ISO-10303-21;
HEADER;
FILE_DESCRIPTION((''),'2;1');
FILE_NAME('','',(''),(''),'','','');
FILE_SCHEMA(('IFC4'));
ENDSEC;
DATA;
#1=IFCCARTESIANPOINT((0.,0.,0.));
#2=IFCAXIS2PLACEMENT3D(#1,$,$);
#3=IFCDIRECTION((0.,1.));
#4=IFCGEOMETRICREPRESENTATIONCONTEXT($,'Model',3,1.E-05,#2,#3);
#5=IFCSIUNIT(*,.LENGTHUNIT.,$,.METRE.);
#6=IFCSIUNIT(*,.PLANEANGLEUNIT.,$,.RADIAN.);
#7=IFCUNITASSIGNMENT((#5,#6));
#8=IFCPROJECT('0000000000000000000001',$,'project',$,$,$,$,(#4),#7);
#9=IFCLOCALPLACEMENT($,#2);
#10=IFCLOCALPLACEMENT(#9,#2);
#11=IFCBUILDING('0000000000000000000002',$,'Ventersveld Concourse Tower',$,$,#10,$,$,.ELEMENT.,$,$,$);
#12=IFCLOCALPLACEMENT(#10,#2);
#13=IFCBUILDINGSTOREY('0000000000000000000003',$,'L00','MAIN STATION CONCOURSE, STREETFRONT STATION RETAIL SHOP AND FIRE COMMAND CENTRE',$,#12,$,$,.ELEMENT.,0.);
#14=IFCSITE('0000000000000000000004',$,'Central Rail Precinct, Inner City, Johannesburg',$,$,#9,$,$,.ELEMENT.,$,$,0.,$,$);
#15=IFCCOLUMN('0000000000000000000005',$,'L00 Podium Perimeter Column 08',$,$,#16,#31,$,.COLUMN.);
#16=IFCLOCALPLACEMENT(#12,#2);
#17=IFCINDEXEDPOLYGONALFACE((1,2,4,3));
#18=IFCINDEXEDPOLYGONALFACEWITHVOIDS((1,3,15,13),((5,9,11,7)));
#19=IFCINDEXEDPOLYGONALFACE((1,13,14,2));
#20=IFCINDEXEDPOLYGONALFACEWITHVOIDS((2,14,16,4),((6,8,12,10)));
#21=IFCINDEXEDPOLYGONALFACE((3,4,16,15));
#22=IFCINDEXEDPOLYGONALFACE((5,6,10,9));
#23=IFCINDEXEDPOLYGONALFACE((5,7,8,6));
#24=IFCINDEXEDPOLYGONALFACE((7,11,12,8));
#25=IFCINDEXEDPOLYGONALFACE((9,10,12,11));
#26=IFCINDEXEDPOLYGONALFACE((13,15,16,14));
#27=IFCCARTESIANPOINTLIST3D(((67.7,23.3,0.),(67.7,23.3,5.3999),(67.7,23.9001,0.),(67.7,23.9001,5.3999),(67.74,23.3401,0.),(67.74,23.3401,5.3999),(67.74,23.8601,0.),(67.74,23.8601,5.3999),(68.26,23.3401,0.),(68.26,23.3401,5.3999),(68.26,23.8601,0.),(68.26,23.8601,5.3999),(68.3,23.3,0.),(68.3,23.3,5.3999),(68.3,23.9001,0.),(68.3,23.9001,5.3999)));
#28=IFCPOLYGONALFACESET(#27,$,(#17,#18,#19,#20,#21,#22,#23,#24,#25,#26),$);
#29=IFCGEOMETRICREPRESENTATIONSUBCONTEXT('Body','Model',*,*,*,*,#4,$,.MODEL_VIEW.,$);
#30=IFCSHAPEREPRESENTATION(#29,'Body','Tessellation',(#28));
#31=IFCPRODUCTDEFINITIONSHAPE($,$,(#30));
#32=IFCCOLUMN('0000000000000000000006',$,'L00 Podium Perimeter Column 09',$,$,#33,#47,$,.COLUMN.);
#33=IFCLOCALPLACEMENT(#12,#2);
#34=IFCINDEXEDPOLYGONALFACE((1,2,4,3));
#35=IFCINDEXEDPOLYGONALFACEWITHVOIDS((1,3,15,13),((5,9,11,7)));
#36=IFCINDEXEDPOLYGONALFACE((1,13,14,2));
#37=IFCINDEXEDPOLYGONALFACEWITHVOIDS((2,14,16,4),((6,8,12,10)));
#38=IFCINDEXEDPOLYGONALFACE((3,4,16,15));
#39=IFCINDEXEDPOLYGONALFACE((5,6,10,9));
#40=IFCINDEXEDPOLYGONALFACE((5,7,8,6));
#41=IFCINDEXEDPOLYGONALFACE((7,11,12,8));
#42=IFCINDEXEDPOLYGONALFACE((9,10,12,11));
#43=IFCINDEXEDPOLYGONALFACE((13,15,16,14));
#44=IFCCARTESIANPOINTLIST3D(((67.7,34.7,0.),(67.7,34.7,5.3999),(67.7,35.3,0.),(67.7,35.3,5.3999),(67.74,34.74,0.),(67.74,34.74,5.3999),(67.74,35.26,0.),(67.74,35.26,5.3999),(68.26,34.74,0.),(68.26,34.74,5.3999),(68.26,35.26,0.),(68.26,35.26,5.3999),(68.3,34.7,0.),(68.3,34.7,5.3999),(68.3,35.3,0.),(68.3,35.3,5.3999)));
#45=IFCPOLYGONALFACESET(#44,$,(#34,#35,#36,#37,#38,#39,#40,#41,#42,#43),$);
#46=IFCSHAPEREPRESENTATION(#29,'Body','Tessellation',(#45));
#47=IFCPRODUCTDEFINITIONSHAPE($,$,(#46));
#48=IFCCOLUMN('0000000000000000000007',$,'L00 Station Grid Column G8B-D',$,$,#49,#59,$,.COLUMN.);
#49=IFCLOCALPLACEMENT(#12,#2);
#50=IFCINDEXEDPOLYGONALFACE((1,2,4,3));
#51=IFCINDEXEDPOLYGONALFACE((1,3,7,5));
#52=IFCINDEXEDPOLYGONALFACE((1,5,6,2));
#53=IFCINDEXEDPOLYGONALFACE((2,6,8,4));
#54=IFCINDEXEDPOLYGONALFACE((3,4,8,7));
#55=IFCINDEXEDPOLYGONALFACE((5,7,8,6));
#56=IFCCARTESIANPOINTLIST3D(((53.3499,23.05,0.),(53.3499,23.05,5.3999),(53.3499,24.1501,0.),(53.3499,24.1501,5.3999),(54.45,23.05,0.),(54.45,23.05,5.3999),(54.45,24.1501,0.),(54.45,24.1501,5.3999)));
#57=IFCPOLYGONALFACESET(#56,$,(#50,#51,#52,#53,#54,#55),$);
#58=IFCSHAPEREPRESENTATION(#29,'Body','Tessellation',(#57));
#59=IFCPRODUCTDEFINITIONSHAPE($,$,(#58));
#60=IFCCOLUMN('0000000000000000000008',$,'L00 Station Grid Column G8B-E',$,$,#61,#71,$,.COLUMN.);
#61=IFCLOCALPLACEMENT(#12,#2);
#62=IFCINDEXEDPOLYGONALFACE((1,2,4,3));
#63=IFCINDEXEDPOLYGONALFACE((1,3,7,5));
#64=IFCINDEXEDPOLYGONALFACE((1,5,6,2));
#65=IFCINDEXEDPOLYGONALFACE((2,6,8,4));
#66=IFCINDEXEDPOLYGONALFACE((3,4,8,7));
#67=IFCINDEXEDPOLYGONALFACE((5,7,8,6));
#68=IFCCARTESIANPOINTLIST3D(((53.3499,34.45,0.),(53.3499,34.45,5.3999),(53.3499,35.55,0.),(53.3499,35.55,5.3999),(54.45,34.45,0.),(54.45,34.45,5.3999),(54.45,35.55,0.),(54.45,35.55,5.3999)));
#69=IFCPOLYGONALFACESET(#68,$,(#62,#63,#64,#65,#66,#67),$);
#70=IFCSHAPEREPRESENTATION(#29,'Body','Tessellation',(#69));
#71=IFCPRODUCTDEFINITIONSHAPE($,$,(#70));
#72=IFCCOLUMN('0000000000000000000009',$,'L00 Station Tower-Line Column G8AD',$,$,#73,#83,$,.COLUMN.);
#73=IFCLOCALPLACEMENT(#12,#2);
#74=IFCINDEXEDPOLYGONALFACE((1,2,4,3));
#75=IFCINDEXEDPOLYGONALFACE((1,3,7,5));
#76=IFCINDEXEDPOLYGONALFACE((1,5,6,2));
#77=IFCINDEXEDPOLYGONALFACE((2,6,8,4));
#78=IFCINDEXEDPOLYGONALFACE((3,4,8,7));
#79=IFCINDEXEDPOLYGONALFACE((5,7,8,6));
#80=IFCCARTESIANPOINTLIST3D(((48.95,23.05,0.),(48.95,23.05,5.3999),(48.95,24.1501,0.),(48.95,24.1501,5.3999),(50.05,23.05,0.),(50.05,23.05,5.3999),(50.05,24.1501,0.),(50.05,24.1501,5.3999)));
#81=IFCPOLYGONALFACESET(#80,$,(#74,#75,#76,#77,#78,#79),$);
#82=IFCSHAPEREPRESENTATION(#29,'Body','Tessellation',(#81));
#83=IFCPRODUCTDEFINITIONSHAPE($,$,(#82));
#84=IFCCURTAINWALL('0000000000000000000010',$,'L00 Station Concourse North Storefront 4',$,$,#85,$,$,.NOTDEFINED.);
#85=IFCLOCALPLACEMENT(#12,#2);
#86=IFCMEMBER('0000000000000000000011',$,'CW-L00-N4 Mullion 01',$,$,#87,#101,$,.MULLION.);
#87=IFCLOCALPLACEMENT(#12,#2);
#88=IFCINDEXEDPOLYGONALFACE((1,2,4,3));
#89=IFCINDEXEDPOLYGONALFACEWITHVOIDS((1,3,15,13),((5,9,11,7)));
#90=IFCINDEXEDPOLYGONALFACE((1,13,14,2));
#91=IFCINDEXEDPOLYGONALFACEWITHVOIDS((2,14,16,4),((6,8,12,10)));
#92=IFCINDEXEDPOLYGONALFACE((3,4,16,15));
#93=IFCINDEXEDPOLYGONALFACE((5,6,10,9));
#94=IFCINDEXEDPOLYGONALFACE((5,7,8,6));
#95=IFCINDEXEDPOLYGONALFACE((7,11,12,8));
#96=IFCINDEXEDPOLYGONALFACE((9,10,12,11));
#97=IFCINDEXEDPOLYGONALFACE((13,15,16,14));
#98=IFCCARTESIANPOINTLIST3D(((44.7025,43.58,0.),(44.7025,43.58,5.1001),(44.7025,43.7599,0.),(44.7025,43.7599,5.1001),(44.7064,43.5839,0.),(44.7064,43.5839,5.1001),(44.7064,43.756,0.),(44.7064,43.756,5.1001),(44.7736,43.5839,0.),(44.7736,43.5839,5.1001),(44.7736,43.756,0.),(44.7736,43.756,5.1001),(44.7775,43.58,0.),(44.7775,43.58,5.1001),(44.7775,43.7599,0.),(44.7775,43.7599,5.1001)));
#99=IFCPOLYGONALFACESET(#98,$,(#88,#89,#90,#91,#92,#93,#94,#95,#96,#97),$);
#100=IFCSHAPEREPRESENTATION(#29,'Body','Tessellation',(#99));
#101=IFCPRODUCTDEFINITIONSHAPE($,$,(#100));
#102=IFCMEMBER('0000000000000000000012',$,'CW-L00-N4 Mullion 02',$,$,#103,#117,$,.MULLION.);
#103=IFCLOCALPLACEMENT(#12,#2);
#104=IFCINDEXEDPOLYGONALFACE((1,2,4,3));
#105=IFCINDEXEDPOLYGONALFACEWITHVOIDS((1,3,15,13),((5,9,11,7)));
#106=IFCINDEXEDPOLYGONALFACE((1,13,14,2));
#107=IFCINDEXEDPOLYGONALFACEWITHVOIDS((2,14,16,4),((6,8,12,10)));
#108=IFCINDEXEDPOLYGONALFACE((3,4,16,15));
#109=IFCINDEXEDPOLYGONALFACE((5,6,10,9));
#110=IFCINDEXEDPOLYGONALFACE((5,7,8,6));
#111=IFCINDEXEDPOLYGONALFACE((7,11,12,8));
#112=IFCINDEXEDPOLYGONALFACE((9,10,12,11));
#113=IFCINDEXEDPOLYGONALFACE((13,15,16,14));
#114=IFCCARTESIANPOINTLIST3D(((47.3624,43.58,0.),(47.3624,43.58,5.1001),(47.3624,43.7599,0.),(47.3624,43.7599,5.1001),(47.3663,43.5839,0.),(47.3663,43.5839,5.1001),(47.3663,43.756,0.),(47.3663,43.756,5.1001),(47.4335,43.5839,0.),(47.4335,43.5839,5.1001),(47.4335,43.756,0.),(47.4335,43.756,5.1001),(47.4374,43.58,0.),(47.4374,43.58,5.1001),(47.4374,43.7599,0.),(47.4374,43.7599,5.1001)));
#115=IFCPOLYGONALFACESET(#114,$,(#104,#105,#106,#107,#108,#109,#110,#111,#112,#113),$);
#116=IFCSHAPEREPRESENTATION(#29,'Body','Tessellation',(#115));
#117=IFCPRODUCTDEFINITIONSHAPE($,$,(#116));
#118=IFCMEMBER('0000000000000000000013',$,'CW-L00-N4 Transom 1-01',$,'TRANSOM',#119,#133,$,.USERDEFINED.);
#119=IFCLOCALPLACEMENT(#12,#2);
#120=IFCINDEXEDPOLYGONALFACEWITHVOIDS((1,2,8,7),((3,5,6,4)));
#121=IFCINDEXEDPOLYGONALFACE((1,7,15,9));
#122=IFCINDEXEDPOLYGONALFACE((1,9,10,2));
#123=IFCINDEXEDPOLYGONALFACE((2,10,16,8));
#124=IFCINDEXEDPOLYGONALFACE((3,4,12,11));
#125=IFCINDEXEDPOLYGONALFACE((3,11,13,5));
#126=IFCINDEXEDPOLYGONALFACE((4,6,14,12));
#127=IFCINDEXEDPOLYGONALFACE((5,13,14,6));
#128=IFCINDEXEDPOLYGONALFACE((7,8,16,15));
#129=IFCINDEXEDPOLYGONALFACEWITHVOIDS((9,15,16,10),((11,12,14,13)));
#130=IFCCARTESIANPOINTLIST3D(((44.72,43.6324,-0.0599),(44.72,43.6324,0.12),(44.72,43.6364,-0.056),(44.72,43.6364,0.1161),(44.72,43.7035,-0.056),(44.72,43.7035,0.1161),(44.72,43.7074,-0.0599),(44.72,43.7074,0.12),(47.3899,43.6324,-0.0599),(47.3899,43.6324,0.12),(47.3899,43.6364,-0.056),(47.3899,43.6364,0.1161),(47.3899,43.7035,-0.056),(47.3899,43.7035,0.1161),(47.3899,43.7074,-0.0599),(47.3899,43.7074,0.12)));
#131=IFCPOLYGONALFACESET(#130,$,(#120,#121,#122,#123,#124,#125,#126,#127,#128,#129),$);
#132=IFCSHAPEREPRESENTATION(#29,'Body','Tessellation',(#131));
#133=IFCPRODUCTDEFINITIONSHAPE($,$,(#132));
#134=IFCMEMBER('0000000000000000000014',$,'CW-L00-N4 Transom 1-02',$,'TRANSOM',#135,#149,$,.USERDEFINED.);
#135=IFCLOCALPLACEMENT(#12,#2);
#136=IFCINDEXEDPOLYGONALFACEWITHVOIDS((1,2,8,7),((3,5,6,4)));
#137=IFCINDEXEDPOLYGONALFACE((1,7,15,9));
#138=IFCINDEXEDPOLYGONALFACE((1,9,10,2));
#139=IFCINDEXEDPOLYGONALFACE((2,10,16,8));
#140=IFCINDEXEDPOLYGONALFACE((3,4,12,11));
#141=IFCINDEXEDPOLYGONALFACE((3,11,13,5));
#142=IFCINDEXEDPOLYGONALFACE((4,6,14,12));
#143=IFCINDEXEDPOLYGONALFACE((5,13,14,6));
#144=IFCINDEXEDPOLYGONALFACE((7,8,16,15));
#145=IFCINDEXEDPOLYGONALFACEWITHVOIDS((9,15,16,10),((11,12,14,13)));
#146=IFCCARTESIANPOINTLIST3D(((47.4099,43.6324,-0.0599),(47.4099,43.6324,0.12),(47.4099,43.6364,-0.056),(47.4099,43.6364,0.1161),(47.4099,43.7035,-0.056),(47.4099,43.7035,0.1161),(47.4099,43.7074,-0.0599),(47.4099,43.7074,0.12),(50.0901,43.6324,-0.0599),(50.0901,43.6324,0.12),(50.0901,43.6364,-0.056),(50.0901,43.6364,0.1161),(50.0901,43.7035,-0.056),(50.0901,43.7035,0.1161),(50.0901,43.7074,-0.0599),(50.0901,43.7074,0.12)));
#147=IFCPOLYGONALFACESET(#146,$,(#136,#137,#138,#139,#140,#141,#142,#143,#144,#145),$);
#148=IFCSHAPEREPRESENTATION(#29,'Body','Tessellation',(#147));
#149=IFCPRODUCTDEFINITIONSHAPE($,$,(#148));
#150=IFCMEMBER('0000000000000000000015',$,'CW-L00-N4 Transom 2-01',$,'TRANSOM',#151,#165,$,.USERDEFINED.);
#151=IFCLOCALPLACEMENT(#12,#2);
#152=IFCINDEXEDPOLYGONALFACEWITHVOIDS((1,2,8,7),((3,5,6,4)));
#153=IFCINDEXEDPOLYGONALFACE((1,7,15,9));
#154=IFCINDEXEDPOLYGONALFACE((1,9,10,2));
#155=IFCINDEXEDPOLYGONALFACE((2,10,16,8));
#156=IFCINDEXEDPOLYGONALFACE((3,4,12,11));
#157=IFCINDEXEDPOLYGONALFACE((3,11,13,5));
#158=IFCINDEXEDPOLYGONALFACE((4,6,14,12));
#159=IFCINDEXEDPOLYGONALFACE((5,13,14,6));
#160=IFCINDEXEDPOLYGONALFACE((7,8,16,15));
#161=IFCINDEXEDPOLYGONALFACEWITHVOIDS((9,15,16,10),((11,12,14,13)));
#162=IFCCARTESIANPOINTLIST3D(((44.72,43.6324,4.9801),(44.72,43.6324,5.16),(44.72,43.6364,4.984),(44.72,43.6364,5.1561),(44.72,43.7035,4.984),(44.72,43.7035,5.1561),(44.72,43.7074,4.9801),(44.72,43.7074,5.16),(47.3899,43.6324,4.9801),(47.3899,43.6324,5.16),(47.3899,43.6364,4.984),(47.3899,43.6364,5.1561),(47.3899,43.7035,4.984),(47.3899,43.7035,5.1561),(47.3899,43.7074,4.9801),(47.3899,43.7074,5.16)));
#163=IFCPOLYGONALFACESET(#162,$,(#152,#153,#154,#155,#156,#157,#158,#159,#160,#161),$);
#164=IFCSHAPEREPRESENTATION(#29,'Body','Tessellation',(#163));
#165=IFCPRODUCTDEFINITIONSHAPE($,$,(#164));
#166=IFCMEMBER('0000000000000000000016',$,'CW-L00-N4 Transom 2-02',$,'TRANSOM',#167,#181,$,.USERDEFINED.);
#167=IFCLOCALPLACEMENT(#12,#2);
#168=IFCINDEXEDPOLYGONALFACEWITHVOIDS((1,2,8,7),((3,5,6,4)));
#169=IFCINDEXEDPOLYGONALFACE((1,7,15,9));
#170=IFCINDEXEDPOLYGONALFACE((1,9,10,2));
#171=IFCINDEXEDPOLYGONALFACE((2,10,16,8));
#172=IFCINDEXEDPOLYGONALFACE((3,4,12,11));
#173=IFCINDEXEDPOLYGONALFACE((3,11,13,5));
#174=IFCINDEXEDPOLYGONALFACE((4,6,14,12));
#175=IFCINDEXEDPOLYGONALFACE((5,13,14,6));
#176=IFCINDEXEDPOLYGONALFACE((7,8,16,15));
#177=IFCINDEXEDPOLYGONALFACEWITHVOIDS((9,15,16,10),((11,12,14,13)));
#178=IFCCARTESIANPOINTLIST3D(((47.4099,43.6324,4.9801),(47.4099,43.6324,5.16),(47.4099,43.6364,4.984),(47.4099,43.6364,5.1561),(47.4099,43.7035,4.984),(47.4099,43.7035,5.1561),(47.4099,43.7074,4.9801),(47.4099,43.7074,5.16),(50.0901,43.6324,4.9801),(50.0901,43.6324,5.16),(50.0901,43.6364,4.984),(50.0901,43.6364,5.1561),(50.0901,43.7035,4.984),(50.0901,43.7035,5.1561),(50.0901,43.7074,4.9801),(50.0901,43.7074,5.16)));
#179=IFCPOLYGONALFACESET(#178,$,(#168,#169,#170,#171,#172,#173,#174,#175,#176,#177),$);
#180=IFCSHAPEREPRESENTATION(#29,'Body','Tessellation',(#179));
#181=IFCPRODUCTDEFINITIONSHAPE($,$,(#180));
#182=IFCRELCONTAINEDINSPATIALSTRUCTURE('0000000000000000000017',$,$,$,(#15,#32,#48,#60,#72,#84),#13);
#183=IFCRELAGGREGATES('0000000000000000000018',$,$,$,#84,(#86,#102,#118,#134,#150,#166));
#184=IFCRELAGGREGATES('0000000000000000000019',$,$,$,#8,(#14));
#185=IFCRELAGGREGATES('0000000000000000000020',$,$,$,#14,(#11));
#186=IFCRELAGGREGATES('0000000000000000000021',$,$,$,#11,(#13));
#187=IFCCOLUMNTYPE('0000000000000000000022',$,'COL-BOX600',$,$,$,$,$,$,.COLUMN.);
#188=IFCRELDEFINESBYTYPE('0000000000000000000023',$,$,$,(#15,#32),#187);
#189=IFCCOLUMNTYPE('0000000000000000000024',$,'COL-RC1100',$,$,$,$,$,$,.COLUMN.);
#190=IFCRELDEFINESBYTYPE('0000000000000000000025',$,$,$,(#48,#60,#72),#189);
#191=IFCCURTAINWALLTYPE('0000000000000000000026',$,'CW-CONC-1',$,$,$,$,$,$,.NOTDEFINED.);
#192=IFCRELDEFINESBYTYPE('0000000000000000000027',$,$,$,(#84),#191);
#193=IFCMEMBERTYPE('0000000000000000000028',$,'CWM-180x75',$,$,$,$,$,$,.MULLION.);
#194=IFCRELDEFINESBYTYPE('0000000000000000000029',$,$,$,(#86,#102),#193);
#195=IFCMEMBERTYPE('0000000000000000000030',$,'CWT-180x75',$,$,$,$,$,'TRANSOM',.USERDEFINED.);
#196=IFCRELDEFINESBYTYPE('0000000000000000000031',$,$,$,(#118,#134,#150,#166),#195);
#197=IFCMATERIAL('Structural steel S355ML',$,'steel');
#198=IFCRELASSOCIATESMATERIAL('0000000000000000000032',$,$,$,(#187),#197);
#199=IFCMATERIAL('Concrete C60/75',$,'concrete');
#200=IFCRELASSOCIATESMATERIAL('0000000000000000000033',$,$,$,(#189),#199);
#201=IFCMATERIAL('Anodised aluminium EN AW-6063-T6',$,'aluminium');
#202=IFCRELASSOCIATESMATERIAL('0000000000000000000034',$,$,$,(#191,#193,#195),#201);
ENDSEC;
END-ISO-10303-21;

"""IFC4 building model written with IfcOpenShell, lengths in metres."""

from ifc_helpers import new_model, si_unit, direction, frame, origin, origin_2d, place, context, subcontext, project, spatial, rectangle, hollow_rectangle, extrude, material, material_profile, profile_set, type_object, element, aggregate, save


model = new_model("IFC4")

# Units and contexts
model_context = context("Model", 3, precision=1e-05, world=origin(), true_north=direction((0.0, 1.0)))
body_context = subcontext(model_context, "Body", "Model", "MODEL_VIEW")
ifc_project = project(units=[si_unit("LENGTHUNIT", "METRE"), si_unit("PLANEANGLEUNIT", "RADIAN")], contexts=[model_context])

# Site, building, storey
site_placement = place(None, origin())
site = spatial("IfcSite", under=ifc_project, at=site_placement, Name="Central Rail Precinct, Inner City, Johannesburg", CompositionType="ELEMENT", RefElevation=0.0)
building_placement = place(site_placement, origin())
building = spatial("IfcBuilding", under=site, at=building_placement, Name="Ventersveld Concourse Tower", CompositionType="ELEMENT")
storey_placement = place(building_placement, origin())
storey = spatial("IfcBuildingStorey", under=building, at=storey_placement, Name="L00", Description="MAIN STATION CONCOURSE, STREETFRONT STATION RETAIL SHOP AND FIRE COMMAND CENTRE", CompositionType="ELEMENT", Elevation=0.0)

# Columns
ifc_material_1 = material(Name="Structural steel S355ML", Category="steel")
ifc_material_profile_1 = material_profile(ifc_material_1, hollow_rectangle(XDim=0.6001, YDim=0.6001, WallThickness=0.04, at=origin_2d()), Name="BOX 600x600x40")
ifc_profile_set_1 = profile_set([ifc_material_profile_1], Name="Structural steel S355ML")
column_type_1 = type_object("IfcColumnType", Name="COL-BOX600", PredefinedType="COLUMN", material=ifc_profile_set_1)
for number, where, z_axis, x_axis, name in (
    (1, (68.0, 23.6001, 0.0), (0.0, 0.0, 1.0), (1.0, 0.0, 0.0), "L00 Podium Perimeter Column 08"),
    (2, (68.0, 35.0, 0.0), (0.0, 0.0, 1.0), (1.0, 0.0, 0.0), "L00 Podium Perimeter Column 09"),
):
    element("IfcColumn", number, at=place(storey_placement, frame(where, z_axis=z_axis, x_axis=x_axis)), inside=storey, type_object=column_type_1, Name=name, PredefinedType="COLUMN", context=body_context, shape_type="SweptSolid", body=[
        extrude(hollow_rectangle(XDim=0.6001, YDim=0.6001, WallThickness=0.04, at=origin_2d()), origin(), (0.0, 0.0, 1.0), 5.3999),
    ])
ifc_material_2 = material(Name="Concrete C60/75", Category="concrete")
ifc_material_profile_2 = material_profile(ifc_material_2, rectangle(XDim=1.1001, YDim=1.1001, at=origin_2d()), Name="RC 1100x1100")
ifc_profile_set_2 = profile_set([ifc_material_profile_2], Name="Concrete C60/75")
column_type_2 = type_object("IfcColumnType", Name="COL-RC1100", PredefinedType="COLUMN", material=ifc_profile_set_2)
for number, where, z_axis, x_axis, name in (
    (3, (53.8999, 23.6001, 0.0), (0.0, 0.0, 1.0), (1.0, 0.0, 0.0), "L00 Station Grid Column G8B-D"),
    (4, (53.8999, 35.0, 0.0), (0.0, 0.0, 1.0), (1.0, 0.0, 0.0), "L00 Station Grid Column G8B-E"),
    (5, (49.5, 23.6001, 0.0), (0.0, 0.0, 1.0), (1.0, 0.0, 0.0), "L00 Station Tower-Line Column G8AD"),
):
    element("IfcColumn", number, at=place(storey_placement, frame(where, z_axis=z_axis, x_axis=x_axis)), inside=storey, type_object=column_type_2, Name=name, PredefinedType="COLUMN", context=body_context, shape_type="SweptSolid", body=[
        extrude(rectangle(XDim=1.1001, YDim=1.1001, at=origin_2d()), origin(), (0.0, 0.0, 1.0), 5.3999),
    ])

# Curtain wall, members
ifc_material_3 = material(Name="Anodised aluminium EN AW-6063-T6", Category="aluminium")
curtain_wall_type = type_object("IfcCurtainWallType", Name="CW-CONC-1", PredefinedType="NOTDEFINED", material=ifc_material_3)
curtain_wall_placement = place(storey_placement, origin())
curtain_wall = element("IfcCurtainWall", 6, at=curtain_wall_placement, inside=storey, type_object=curtain_wall_type, Name="L00 Station Concourse North Storefront 4", PredefinedType="NOTDEFINED")
ifc_material_profile_3 = material_profile(ifc_material_3, hollow_rectangle(XDim=0.075, YDim=0.1799, WallThickness=0.0039, at=origin_2d()), Name="ALU 180x75x4")
ifc_profile_set_3 = profile_set([ifc_material_profile_3], Name="Anodised aluminium EN AW-6063-T6")
member_type_1 = type_object("IfcMemberType", Name="CWM-180x75", PredefinedType="MULLION", material=ifc_profile_set_3)
member_1_placement = place(storey_placement, frame((44.74, 43.6699, 0.0), z_axis=(0.0, 0.0, 1.0), x_axis=(1.0, 0.0, 0.0)))
member_1 = element("IfcMember", 7, at=member_1_placement, type_object=member_type_1, Name="CW-L00-N4 Mullion 01", PredefinedType="MULLION", context=body_context, shape_type="SweptSolid", body=[
    extrude(hollow_rectangle(XDim=0.075, YDim=0.1799, WallThickness=0.0039, at=origin_2d()), origin(), (0.0, 0.0, 1.0), 5.1001),
])
member_2_placement = place(storey_placement, frame((47.3999, 43.6699, 0.0), z_axis=(0.0, 0.0, 1.0), x_axis=(1.0, 0.0, 0.0)))
member_2 = element("IfcMember", 8, at=member_2_placement, type_object=member_type_1, Name="CW-L00-N4 Mullion 02", PredefinedType="MULLION", context=body_context, shape_type="SweptSolid", body=[
    extrude(hollow_rectangle(XDim=0.075, YDim=0.1799, WallThickness=0.0039, at=origin_2d()), origin(), (0.0, 0.0, 1.0), 5.1001),
])
ifc_material_profile_4 = material_profile(ifc_material_3, hollow_rectangle(XDim=0.075, YDim=0.1799, WallThickness=0.0039, at=origin_2d()), Name="ALU 180x75x4")
ifc_profile_set_4 = profile_set([ifc_material_profile_4], Name="Anodised aluminium EN AW-6063-T6")
member_type_2 = type_object("IfcMemberType", Name="CWT-180x75", ElementType="TRANSOM", PredefinedType="USERDEFINED", material=ifc_profile_set_4)
member_3_placement = place(storey_placement, frame((44.72, 43.6699, 0.03), z_axis=(1.0, 0.0, 0.0), x_axis=(0.0, 1.0, 0.0)))
member_3 = element("IfcMember", 9, at=member_3_placement, type_object=member_type_2, Name="CW-L00-N4 Transom 1-01", ObjectType="TRANSOM", PredefinedType="USERDEFINED", context=body_context, shape_type="SweptSolid", body=[
    extrude(hollow_rectangle(XDim=0.075, YDim=0.1799, WallThickness=0.0039, at=origin_2d()), origin(), (0.0, 0.0, 1.0), 2.6699),
])
member_4_placement = place(storey_placement, frame((47.4099, 43.6699, 0.03), z_axis=(1.0, 0.0, 0.0), x_axis=(0.0, 1.0, 0.0)))
member_4 = element("IfcMember", 10, at=member_4_placement, type_object=member_type_2, Name="CW-L00-N4 Transom 1-02", ObjectType="TRANSOM", PredefinedType="USERDEFINED", context=body_context, shape_type="SweptSolid", body=[
    extrude(hollow_rectangle(XDim=0.075, YDim=0.1799, WallThickness=0.0039, at=origin_2d()), origin(), (0.0, 0.0, 1.0), 2.6802),
])
member_5_placement = place(storey_placement, frame((44.72, 43.6699, 5.0701), z_axis=(1.0, 0.0, 0.0), x_axis=(0.0, 1.0, 0.0)))
member_5 = element("IfcMember", 11, at=member_5_placement, type_object=member_type_2, Name="CW-L00-N4 Transom 2-01", ObjectType="TRANSOM", PredefinedType="USERDEFINED", context=body_context, shape_type="SweptSolid", body=[
    extrude(hollow_rectangle(XDim=0.075, YDim=0.1799, WallThickness=0.0039, at=origin_2d()), origin(), (0.0, 0.0, 1.0), 2.6699),
])
member_6_placement = place(storey_placement, frame((47.4099, 43.6699, 5.0701), z_axis=(1.0, 0.0, 0.0), x_axis=(0.0, 1.0, 0.0)))
member_6 = element("IfcMember", 12, at=member_6_placement, type_object=member_type_2, Name="CW-L00-N4 Transom 2-02", ObjectType="TRANSOM", PredefinedType="USERDEFINED", context=body_context, shape_type="SweptSolid", body=[
    extrude(hollow_rectangle(XDim=0.075, YDim=0.1799, WallThickness=0.0039, at=origin_2d()), origin(), (0.0, 0.0, 1.0), 2.6802),
])

aggregate(curtain_wall, [member_1, member_2, member_3, member_4, member_5, member_6])

save(model, "model.ifc")
